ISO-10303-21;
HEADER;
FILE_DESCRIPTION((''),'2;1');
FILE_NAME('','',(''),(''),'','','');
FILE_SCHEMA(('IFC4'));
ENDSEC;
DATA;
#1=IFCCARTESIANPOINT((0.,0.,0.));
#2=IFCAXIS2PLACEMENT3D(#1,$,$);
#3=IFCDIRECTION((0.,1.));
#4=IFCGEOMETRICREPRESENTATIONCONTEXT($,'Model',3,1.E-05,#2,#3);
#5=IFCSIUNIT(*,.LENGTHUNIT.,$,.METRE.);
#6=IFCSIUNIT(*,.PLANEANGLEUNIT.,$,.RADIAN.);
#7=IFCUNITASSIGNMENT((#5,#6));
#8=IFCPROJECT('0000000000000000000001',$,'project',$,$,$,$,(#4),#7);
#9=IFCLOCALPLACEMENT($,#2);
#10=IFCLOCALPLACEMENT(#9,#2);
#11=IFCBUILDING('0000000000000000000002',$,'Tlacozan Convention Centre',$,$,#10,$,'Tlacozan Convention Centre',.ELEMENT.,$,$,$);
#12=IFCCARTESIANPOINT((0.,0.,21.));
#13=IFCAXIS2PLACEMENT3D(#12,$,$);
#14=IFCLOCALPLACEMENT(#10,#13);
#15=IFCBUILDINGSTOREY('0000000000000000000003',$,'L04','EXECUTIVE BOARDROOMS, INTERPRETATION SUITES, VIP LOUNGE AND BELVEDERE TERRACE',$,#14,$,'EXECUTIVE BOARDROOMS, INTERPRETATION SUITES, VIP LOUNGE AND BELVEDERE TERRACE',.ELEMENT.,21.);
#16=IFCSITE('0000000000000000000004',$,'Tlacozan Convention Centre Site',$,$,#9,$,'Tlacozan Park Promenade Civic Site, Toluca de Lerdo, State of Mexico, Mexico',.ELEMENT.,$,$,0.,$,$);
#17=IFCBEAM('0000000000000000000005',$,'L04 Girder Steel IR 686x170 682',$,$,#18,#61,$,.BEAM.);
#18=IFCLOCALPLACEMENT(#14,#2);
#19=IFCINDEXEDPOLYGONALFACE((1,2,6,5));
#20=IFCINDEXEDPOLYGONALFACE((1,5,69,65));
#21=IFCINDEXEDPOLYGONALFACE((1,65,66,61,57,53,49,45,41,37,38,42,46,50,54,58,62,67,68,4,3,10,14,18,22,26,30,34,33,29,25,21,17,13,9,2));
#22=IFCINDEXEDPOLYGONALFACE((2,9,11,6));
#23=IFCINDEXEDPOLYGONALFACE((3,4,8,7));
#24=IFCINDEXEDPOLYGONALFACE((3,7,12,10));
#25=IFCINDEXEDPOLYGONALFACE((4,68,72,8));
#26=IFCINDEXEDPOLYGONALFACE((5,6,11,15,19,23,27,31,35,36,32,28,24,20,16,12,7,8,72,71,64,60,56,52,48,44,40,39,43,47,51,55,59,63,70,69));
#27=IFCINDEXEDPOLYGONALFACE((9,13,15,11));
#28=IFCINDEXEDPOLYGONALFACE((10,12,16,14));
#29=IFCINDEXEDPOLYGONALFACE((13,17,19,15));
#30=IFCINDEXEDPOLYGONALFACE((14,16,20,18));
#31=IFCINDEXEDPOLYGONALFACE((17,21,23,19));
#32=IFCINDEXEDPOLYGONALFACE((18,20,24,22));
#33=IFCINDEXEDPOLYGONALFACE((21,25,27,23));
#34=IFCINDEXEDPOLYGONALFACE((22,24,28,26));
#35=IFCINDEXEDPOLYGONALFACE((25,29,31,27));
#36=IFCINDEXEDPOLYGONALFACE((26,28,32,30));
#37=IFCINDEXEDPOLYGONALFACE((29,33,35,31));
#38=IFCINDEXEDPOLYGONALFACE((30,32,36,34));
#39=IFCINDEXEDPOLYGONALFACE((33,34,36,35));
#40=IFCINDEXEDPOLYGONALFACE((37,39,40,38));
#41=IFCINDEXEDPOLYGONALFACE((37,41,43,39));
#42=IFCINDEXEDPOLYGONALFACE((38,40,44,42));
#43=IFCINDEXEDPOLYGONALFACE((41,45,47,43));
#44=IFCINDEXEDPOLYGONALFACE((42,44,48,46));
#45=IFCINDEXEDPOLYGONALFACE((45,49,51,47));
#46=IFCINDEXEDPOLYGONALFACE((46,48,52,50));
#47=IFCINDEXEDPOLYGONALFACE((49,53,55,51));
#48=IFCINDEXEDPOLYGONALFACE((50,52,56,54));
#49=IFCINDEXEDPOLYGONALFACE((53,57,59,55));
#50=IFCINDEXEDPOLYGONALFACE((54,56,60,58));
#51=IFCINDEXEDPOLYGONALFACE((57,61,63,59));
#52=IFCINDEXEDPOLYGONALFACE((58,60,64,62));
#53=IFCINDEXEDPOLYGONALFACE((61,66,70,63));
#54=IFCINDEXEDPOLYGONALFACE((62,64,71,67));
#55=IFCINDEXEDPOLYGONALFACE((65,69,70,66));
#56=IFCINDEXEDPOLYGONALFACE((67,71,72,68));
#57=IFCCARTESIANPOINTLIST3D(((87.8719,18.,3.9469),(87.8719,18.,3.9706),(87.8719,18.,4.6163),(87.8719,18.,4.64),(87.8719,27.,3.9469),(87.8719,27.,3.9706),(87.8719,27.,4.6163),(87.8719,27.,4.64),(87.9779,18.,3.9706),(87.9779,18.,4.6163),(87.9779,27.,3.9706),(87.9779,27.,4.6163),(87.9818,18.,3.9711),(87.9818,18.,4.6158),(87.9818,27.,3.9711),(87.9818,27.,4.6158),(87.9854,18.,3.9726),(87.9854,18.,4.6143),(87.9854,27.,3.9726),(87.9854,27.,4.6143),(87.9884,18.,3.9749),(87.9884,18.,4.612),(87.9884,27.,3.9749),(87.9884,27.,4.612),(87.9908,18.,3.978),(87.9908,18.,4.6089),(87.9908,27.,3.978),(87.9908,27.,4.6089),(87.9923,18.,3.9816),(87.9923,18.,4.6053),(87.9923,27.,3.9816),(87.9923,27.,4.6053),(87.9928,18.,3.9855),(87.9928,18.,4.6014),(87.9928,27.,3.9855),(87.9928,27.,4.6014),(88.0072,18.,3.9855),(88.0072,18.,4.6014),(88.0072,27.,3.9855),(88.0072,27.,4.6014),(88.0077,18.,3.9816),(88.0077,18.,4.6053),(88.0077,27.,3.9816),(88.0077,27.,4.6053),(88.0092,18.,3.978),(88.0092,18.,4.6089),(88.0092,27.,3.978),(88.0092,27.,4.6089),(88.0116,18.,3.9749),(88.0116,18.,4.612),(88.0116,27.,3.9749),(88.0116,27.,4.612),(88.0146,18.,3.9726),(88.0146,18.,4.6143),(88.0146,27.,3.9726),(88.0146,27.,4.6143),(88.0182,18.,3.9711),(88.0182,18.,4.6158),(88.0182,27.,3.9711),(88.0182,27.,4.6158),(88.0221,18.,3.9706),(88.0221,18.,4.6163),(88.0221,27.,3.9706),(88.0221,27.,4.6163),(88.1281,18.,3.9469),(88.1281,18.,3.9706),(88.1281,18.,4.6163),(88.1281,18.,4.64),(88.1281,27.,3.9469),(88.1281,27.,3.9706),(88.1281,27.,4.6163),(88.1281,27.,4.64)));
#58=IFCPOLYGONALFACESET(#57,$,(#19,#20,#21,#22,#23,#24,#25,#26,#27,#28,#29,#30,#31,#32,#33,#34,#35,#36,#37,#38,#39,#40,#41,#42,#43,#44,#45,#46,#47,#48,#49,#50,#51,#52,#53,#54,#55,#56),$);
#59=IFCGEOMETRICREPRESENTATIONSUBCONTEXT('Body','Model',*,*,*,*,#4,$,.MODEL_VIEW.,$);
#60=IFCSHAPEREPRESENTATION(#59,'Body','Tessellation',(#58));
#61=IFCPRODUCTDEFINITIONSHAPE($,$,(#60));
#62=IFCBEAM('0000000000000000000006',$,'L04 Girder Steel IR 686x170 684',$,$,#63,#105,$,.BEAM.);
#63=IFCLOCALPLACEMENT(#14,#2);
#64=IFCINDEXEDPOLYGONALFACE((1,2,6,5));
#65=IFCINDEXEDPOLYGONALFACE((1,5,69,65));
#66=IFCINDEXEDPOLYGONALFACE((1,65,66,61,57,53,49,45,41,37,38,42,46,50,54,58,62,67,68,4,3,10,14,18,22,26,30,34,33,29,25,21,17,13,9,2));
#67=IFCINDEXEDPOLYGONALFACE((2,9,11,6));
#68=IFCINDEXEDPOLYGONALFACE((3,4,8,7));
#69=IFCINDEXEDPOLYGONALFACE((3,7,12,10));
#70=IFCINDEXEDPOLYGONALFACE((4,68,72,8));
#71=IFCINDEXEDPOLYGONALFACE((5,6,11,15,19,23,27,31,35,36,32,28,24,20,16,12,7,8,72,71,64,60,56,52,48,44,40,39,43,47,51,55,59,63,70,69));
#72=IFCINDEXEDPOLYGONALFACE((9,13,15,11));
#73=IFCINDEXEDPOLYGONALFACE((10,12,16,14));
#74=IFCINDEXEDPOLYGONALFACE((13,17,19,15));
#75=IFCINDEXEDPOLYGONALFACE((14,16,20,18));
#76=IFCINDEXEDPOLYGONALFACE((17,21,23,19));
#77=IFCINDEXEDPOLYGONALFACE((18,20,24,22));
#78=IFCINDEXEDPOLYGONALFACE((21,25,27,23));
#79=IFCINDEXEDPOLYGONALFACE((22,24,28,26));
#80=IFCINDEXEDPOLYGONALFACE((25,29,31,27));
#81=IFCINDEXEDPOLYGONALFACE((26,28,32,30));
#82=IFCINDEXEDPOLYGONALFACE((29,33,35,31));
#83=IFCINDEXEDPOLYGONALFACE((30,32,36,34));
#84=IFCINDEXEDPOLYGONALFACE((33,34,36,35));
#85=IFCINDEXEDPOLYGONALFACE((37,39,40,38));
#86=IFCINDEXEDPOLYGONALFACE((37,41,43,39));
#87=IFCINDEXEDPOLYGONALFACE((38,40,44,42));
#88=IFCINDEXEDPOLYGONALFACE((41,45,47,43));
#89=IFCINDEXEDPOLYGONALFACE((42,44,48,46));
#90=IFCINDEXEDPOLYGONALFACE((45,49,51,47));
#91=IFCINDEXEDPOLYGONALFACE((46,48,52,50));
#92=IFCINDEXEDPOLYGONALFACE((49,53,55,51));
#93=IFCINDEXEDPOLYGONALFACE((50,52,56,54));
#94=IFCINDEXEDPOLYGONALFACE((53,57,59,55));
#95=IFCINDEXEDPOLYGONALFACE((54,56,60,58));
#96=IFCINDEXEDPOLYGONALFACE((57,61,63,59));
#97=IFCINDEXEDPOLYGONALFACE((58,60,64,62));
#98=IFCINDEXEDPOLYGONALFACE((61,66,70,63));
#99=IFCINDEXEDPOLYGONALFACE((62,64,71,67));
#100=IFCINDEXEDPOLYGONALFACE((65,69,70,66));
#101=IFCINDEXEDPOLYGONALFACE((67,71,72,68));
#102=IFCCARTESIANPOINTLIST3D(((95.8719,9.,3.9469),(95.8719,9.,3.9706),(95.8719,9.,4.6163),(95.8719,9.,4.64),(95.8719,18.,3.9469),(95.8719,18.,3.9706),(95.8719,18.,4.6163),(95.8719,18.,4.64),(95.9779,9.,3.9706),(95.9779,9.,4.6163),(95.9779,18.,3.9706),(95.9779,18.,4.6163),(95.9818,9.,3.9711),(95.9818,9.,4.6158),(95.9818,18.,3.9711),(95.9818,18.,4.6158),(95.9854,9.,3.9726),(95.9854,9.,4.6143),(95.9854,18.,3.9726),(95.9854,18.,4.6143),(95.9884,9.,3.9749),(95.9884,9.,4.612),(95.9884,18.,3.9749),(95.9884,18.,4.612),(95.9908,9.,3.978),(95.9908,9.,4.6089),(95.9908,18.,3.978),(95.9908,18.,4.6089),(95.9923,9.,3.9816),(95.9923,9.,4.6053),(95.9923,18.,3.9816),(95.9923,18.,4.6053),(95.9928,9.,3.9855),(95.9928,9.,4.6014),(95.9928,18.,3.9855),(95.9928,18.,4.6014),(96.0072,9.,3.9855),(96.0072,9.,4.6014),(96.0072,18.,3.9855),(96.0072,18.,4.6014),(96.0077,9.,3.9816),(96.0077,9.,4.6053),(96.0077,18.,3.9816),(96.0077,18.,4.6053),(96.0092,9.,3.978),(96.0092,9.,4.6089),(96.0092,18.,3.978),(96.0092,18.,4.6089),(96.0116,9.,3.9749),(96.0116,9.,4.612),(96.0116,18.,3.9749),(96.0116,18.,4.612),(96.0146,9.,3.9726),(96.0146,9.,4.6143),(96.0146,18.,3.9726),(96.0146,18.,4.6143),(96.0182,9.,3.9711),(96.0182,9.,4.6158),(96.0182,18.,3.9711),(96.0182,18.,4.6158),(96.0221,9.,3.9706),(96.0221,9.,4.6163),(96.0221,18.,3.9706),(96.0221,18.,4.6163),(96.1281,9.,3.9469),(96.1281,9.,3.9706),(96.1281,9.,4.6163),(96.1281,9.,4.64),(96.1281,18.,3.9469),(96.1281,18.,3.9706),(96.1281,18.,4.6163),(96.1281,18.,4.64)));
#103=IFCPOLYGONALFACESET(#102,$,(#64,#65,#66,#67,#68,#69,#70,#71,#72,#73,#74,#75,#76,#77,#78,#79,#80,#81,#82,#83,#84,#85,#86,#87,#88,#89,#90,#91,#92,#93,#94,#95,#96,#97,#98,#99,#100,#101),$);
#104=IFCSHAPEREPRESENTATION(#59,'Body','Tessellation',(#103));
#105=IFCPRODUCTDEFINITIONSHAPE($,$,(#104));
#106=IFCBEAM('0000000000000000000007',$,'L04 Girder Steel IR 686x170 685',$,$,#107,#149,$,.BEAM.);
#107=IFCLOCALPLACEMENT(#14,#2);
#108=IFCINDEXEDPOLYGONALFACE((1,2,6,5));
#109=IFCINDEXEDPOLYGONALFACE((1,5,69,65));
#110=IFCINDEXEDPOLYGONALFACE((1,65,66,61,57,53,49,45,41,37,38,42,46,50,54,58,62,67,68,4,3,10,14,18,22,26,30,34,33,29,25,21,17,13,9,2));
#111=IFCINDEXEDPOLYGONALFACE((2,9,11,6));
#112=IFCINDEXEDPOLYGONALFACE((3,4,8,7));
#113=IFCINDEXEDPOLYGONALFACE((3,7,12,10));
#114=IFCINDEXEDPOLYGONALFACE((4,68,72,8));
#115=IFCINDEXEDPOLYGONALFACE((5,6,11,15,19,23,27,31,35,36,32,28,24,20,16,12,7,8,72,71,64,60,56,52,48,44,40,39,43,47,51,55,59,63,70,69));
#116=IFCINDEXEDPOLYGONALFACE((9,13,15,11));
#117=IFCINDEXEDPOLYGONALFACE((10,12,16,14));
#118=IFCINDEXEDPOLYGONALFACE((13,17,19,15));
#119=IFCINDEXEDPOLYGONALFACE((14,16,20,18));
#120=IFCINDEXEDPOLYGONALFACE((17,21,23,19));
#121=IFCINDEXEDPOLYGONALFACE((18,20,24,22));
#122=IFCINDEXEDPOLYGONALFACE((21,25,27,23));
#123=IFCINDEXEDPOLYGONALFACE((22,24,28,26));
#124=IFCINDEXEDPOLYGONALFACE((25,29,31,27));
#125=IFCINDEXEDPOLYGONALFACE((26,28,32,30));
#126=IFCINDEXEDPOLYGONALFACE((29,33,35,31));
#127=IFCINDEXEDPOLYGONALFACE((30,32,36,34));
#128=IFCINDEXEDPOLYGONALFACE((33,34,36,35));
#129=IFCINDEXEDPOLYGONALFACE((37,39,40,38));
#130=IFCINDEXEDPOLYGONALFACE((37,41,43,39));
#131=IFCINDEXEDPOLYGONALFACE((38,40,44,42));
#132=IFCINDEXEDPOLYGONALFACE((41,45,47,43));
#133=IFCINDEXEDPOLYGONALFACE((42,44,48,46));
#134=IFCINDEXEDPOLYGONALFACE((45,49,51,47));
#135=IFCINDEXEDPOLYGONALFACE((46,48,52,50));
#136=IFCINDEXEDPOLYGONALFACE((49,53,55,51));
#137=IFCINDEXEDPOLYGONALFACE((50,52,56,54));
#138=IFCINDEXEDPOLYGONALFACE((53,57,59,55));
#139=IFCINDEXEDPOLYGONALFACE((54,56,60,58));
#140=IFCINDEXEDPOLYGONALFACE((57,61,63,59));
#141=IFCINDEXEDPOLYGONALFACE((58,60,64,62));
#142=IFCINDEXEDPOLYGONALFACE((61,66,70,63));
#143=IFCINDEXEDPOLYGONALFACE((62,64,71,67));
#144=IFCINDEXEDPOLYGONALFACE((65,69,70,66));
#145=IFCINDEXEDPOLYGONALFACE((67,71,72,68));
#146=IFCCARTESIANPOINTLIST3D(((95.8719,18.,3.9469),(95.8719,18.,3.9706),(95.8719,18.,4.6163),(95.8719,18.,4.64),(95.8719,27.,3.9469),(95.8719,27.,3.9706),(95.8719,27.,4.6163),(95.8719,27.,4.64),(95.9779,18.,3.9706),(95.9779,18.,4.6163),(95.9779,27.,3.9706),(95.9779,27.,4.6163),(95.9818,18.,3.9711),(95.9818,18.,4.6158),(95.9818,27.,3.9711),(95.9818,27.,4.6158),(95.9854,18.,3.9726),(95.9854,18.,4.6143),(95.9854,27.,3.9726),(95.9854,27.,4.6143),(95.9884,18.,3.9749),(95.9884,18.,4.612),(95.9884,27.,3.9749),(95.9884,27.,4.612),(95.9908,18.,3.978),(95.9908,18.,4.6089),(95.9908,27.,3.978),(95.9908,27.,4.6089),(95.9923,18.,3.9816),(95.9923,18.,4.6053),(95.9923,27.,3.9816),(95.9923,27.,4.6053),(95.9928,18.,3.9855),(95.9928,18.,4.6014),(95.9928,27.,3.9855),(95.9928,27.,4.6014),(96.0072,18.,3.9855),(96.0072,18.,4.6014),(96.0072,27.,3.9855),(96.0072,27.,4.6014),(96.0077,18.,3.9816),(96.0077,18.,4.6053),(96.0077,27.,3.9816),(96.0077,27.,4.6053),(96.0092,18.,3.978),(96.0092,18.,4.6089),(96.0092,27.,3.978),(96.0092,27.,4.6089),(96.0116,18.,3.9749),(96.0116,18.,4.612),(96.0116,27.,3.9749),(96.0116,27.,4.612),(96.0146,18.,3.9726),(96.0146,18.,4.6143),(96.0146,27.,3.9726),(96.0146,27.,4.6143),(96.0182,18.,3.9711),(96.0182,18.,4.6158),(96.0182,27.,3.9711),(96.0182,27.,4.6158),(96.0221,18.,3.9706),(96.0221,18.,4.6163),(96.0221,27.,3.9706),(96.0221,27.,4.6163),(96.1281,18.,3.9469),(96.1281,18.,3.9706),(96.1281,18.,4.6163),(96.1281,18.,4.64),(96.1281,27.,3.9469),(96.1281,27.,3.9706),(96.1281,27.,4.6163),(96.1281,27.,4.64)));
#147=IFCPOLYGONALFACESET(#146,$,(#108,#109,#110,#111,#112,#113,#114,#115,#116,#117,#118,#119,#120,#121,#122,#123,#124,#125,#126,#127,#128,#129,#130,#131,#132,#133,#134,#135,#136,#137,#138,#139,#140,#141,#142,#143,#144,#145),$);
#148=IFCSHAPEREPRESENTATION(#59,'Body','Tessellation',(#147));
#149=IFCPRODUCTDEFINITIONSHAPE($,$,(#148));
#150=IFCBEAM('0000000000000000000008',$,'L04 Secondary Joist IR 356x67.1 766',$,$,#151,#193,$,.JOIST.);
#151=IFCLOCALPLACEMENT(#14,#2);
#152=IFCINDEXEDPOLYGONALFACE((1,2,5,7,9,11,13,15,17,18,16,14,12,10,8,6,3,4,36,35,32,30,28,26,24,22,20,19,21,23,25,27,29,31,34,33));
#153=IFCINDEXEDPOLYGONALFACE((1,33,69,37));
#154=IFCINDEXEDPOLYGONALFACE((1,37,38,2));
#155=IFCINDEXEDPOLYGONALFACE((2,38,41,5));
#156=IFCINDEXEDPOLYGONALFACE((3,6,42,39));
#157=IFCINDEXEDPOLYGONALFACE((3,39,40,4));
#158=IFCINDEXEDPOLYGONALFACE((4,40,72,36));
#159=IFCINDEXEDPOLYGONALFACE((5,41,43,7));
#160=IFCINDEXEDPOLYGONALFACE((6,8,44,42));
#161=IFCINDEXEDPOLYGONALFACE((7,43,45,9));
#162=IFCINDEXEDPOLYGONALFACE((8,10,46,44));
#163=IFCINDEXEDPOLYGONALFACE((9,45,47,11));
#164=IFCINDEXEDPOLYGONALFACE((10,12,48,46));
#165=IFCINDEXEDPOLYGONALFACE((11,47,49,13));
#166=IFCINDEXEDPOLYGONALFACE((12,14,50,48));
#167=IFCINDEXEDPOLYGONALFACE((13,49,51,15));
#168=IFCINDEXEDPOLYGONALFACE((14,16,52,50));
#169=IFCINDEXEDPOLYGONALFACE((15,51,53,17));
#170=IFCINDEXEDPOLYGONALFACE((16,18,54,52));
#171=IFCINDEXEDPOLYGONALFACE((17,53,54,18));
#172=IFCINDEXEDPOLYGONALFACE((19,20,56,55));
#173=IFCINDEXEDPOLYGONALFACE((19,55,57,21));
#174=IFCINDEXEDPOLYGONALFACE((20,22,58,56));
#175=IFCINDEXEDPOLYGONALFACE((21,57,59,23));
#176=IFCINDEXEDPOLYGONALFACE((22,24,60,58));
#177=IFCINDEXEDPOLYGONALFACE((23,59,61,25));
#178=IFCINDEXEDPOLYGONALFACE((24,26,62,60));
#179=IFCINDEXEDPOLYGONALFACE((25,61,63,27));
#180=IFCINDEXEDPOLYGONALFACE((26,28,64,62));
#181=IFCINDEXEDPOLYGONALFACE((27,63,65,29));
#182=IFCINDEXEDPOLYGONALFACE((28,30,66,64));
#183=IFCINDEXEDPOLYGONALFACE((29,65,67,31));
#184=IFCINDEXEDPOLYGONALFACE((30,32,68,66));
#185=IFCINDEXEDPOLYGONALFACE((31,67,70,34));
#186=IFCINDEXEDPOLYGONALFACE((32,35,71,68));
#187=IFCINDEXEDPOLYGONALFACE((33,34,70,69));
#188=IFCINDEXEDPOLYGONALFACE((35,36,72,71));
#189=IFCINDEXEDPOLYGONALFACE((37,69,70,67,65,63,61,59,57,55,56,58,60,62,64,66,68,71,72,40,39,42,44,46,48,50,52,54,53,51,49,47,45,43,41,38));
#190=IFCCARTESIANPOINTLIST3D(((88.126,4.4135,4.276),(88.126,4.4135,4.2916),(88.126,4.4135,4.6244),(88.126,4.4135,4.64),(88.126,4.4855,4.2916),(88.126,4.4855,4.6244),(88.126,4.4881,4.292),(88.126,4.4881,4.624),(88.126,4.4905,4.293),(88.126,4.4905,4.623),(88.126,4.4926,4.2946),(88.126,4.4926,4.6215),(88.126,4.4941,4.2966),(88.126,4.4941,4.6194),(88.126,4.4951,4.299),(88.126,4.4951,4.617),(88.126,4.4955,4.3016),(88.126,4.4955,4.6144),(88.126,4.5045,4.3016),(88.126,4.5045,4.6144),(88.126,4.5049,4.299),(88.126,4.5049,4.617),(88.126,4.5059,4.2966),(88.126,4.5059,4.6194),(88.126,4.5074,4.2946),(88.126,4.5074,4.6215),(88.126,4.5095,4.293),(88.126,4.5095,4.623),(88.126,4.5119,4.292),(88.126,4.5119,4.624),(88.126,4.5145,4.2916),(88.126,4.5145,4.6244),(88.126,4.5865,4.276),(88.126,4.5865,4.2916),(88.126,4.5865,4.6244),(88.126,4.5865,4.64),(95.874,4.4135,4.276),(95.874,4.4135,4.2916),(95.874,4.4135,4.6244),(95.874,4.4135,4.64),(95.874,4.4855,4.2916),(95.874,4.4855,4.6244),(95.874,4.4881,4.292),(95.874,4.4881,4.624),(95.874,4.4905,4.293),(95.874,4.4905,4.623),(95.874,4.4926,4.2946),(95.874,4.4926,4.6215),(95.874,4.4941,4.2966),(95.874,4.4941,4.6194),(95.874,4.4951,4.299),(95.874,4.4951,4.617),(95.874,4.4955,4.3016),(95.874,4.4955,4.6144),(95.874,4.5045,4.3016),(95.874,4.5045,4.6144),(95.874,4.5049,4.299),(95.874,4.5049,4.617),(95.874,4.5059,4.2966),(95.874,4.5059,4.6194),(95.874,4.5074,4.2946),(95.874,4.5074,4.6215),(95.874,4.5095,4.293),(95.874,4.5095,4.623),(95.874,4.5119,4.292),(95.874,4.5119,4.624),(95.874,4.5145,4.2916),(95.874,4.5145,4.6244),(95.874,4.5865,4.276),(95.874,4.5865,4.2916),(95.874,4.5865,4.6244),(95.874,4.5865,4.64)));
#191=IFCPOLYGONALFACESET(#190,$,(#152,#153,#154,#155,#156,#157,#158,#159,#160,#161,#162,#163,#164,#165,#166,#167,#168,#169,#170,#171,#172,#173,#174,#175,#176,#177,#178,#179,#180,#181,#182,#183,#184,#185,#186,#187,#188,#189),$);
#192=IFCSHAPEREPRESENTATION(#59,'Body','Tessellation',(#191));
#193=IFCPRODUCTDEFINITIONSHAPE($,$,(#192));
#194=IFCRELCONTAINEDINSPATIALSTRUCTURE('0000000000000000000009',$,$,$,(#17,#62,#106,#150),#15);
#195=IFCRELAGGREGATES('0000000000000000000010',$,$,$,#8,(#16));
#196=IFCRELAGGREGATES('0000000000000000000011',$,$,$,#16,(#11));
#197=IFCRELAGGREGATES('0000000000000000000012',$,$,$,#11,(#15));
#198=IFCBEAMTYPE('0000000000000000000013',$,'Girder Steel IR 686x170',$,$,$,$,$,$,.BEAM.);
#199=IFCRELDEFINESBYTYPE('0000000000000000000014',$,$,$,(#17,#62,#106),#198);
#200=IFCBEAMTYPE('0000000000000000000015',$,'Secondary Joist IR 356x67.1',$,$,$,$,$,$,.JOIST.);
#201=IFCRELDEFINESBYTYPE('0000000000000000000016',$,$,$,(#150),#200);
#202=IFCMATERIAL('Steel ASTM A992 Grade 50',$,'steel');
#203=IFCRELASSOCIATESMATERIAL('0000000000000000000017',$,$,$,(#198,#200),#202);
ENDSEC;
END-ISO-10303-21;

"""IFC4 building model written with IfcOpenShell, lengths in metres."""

from ifc_helpers import new_model, si_unit, direction, frame, origin, origin_2d, place, context, subcontext, project, spatial, i_section, extrude, material, material_profile, profile_set, type_object, element, save


model = new_model("IFC4")

# Units and contexts
model_context = context("Model", 3, precision=1e-05, world=origin(), true_north=direction((0.0, 1.0)))
body_context = subcontext(model_context, "Body", "Model", "MODEL_VIEW")
ifc_project = project(units=[si_unit("LENGTHUNIT", "METRE"), si_unit("PLANEANGLEUNIT", "RADIAN")], contexts=[model_context])

# Site, building, storey
site_placement = place(None, origin())
site = spatial("IfcSite", under=ifc_project, at=site_placement, Name="Tlacozan Convention Centre Site", LongName="Tlacozan Park Promenade Civic Site, Toluca de Lerdo, State of Mexico, Mexico", CompositionType="ELEMENT", RefElevation=0.0)
building_placement = place(site_placement, origin())
building = spatial("IfcBuilding", under=site, at=building_placement, Name="Tlacozan Convention Centre", LongName="Tlacozan Convention Centre", CompositionType="ELEMENT")
storey_placement = place(building_placement, frame((0.0, 0.0, 21.0)))
storey = spatial("IfcBuildingStorey", under=building, at=storey_placement, Name="L04", Description="EXECUTIVE BOARDROOMS, INTERPRETATION SUITES, VIP LOUNGE AND BELVEDERE TERRACE", LongName="EXECUTIVE BOARDROOMS, INTERPRETATION SUITES, VIP LOUNGE AND BELVEDERE TERRACE", CompositionType="ELEMENT", Elevation=21.0)

# Beams
ifc_material_1 = material(Name="Steel ASTM A992 Grade 50", Category="steel")
ifc_material_profile_1 = material_profile(ifc_material_1, i_section(OverallWidth=0.2561, OverallDepth=0.6931, WebThickness=0.0144, FlangeThickness=0.0237, FilletRadius=0.0149, at=origin_2d()), Name="IR 686x170.0")
ifc_profile_set_1 = profile_set([ifc_material_profile_1], Name="Steel ASTM A992 Grade 50")
beam_type_1 = type_object("IfcBeamType", Name="Girder Steel IR 686x170", PredefinedType="BEAM", material=ifc_profile_set_1)
for number, where, z_axis, x_axis, name in (
    (1, (88.0, 18.0, 4.2935), (0.0, 1.0, 0.0), (-1.0, 0.0, 0.0), "L04 Girder Steel IR 686x170 682"),
    (2, (96.0, 9.0, 4.2935), (0.0, 1.0, 0.0), (-1.0, 0.0, 0.0), "L04 Girder Steel IR 686x170 684"),
    (3, (96.0, 18.0, 4.2935), (0.0, 1.0, 0.0), (-1.0, 0.0, 0.0), "L04 Girder Steel IR 686x170 685"),
):
    element("IfcBeam", number, at=place(storey_placement, frame(where, z_axis=z_axis, x_axis=x_axis)), inside=storey, type_object=beam_type_1, Name=name, PredefinedType="BEAM", context=body_context, shape_type="SweptSolid", body=[
        extrude(i_section(OverallWidth=0.2561, OverallDepth=0.6931, WebThickness=0.0144, FlangeThickness=0.0237, FilletRadius=0.0149, at=origin_2d()), origin(), (0.0, 0.0, 1.0), 9.0),
    ])
ifc_material_profile_2 = material_profile(ifc_material_1, i_section(OverallWidth=0.1731, OverallDepth=0.364, WebThickness=0.009, FlangeThickness=0.0156, FilletRadius=0.01, at=origin_2d()), Name="IR 356x67.1")
ifc_profile_set_2 = profile_set([ifc_material_profile_2], Name="Steel ASTM A992 Grade 50")
beam_type_2 = type_object("IfcBeamType", Name="Secondary Joist IR 356x67.1", PredefinedType="JOIST", material=ifc_profile_set_2)
for number, where, z_axis, x_axis, name in (
    (4, (88.126, 4.5, 4.458), (1.0, 0.0, 0.0), (0.0, 1.0, 0.0), "L04 Secondary Joist IR 356x67.1 766"),
):
    element("IfcBeam", number, at=place(storey_placement, frame(where, z_axis=z_axis, x_axis=x_axis)), inside=storey, type_object=beam_type_2, Name=name, PredefinedType="JOIST", context=body_context, shape_type="SweptSolid", body=[
        extrude(i_section(OverallWidth=0.1731, OverallDepth=0.364, WebThickness=0.009, FlangeThickness=0.0156, FilletRadius=0.01, at=origin_2d()), origin(), (0.0, 0.0, 1.0), 7.748),
    ])

save(model, "model.ifc")
